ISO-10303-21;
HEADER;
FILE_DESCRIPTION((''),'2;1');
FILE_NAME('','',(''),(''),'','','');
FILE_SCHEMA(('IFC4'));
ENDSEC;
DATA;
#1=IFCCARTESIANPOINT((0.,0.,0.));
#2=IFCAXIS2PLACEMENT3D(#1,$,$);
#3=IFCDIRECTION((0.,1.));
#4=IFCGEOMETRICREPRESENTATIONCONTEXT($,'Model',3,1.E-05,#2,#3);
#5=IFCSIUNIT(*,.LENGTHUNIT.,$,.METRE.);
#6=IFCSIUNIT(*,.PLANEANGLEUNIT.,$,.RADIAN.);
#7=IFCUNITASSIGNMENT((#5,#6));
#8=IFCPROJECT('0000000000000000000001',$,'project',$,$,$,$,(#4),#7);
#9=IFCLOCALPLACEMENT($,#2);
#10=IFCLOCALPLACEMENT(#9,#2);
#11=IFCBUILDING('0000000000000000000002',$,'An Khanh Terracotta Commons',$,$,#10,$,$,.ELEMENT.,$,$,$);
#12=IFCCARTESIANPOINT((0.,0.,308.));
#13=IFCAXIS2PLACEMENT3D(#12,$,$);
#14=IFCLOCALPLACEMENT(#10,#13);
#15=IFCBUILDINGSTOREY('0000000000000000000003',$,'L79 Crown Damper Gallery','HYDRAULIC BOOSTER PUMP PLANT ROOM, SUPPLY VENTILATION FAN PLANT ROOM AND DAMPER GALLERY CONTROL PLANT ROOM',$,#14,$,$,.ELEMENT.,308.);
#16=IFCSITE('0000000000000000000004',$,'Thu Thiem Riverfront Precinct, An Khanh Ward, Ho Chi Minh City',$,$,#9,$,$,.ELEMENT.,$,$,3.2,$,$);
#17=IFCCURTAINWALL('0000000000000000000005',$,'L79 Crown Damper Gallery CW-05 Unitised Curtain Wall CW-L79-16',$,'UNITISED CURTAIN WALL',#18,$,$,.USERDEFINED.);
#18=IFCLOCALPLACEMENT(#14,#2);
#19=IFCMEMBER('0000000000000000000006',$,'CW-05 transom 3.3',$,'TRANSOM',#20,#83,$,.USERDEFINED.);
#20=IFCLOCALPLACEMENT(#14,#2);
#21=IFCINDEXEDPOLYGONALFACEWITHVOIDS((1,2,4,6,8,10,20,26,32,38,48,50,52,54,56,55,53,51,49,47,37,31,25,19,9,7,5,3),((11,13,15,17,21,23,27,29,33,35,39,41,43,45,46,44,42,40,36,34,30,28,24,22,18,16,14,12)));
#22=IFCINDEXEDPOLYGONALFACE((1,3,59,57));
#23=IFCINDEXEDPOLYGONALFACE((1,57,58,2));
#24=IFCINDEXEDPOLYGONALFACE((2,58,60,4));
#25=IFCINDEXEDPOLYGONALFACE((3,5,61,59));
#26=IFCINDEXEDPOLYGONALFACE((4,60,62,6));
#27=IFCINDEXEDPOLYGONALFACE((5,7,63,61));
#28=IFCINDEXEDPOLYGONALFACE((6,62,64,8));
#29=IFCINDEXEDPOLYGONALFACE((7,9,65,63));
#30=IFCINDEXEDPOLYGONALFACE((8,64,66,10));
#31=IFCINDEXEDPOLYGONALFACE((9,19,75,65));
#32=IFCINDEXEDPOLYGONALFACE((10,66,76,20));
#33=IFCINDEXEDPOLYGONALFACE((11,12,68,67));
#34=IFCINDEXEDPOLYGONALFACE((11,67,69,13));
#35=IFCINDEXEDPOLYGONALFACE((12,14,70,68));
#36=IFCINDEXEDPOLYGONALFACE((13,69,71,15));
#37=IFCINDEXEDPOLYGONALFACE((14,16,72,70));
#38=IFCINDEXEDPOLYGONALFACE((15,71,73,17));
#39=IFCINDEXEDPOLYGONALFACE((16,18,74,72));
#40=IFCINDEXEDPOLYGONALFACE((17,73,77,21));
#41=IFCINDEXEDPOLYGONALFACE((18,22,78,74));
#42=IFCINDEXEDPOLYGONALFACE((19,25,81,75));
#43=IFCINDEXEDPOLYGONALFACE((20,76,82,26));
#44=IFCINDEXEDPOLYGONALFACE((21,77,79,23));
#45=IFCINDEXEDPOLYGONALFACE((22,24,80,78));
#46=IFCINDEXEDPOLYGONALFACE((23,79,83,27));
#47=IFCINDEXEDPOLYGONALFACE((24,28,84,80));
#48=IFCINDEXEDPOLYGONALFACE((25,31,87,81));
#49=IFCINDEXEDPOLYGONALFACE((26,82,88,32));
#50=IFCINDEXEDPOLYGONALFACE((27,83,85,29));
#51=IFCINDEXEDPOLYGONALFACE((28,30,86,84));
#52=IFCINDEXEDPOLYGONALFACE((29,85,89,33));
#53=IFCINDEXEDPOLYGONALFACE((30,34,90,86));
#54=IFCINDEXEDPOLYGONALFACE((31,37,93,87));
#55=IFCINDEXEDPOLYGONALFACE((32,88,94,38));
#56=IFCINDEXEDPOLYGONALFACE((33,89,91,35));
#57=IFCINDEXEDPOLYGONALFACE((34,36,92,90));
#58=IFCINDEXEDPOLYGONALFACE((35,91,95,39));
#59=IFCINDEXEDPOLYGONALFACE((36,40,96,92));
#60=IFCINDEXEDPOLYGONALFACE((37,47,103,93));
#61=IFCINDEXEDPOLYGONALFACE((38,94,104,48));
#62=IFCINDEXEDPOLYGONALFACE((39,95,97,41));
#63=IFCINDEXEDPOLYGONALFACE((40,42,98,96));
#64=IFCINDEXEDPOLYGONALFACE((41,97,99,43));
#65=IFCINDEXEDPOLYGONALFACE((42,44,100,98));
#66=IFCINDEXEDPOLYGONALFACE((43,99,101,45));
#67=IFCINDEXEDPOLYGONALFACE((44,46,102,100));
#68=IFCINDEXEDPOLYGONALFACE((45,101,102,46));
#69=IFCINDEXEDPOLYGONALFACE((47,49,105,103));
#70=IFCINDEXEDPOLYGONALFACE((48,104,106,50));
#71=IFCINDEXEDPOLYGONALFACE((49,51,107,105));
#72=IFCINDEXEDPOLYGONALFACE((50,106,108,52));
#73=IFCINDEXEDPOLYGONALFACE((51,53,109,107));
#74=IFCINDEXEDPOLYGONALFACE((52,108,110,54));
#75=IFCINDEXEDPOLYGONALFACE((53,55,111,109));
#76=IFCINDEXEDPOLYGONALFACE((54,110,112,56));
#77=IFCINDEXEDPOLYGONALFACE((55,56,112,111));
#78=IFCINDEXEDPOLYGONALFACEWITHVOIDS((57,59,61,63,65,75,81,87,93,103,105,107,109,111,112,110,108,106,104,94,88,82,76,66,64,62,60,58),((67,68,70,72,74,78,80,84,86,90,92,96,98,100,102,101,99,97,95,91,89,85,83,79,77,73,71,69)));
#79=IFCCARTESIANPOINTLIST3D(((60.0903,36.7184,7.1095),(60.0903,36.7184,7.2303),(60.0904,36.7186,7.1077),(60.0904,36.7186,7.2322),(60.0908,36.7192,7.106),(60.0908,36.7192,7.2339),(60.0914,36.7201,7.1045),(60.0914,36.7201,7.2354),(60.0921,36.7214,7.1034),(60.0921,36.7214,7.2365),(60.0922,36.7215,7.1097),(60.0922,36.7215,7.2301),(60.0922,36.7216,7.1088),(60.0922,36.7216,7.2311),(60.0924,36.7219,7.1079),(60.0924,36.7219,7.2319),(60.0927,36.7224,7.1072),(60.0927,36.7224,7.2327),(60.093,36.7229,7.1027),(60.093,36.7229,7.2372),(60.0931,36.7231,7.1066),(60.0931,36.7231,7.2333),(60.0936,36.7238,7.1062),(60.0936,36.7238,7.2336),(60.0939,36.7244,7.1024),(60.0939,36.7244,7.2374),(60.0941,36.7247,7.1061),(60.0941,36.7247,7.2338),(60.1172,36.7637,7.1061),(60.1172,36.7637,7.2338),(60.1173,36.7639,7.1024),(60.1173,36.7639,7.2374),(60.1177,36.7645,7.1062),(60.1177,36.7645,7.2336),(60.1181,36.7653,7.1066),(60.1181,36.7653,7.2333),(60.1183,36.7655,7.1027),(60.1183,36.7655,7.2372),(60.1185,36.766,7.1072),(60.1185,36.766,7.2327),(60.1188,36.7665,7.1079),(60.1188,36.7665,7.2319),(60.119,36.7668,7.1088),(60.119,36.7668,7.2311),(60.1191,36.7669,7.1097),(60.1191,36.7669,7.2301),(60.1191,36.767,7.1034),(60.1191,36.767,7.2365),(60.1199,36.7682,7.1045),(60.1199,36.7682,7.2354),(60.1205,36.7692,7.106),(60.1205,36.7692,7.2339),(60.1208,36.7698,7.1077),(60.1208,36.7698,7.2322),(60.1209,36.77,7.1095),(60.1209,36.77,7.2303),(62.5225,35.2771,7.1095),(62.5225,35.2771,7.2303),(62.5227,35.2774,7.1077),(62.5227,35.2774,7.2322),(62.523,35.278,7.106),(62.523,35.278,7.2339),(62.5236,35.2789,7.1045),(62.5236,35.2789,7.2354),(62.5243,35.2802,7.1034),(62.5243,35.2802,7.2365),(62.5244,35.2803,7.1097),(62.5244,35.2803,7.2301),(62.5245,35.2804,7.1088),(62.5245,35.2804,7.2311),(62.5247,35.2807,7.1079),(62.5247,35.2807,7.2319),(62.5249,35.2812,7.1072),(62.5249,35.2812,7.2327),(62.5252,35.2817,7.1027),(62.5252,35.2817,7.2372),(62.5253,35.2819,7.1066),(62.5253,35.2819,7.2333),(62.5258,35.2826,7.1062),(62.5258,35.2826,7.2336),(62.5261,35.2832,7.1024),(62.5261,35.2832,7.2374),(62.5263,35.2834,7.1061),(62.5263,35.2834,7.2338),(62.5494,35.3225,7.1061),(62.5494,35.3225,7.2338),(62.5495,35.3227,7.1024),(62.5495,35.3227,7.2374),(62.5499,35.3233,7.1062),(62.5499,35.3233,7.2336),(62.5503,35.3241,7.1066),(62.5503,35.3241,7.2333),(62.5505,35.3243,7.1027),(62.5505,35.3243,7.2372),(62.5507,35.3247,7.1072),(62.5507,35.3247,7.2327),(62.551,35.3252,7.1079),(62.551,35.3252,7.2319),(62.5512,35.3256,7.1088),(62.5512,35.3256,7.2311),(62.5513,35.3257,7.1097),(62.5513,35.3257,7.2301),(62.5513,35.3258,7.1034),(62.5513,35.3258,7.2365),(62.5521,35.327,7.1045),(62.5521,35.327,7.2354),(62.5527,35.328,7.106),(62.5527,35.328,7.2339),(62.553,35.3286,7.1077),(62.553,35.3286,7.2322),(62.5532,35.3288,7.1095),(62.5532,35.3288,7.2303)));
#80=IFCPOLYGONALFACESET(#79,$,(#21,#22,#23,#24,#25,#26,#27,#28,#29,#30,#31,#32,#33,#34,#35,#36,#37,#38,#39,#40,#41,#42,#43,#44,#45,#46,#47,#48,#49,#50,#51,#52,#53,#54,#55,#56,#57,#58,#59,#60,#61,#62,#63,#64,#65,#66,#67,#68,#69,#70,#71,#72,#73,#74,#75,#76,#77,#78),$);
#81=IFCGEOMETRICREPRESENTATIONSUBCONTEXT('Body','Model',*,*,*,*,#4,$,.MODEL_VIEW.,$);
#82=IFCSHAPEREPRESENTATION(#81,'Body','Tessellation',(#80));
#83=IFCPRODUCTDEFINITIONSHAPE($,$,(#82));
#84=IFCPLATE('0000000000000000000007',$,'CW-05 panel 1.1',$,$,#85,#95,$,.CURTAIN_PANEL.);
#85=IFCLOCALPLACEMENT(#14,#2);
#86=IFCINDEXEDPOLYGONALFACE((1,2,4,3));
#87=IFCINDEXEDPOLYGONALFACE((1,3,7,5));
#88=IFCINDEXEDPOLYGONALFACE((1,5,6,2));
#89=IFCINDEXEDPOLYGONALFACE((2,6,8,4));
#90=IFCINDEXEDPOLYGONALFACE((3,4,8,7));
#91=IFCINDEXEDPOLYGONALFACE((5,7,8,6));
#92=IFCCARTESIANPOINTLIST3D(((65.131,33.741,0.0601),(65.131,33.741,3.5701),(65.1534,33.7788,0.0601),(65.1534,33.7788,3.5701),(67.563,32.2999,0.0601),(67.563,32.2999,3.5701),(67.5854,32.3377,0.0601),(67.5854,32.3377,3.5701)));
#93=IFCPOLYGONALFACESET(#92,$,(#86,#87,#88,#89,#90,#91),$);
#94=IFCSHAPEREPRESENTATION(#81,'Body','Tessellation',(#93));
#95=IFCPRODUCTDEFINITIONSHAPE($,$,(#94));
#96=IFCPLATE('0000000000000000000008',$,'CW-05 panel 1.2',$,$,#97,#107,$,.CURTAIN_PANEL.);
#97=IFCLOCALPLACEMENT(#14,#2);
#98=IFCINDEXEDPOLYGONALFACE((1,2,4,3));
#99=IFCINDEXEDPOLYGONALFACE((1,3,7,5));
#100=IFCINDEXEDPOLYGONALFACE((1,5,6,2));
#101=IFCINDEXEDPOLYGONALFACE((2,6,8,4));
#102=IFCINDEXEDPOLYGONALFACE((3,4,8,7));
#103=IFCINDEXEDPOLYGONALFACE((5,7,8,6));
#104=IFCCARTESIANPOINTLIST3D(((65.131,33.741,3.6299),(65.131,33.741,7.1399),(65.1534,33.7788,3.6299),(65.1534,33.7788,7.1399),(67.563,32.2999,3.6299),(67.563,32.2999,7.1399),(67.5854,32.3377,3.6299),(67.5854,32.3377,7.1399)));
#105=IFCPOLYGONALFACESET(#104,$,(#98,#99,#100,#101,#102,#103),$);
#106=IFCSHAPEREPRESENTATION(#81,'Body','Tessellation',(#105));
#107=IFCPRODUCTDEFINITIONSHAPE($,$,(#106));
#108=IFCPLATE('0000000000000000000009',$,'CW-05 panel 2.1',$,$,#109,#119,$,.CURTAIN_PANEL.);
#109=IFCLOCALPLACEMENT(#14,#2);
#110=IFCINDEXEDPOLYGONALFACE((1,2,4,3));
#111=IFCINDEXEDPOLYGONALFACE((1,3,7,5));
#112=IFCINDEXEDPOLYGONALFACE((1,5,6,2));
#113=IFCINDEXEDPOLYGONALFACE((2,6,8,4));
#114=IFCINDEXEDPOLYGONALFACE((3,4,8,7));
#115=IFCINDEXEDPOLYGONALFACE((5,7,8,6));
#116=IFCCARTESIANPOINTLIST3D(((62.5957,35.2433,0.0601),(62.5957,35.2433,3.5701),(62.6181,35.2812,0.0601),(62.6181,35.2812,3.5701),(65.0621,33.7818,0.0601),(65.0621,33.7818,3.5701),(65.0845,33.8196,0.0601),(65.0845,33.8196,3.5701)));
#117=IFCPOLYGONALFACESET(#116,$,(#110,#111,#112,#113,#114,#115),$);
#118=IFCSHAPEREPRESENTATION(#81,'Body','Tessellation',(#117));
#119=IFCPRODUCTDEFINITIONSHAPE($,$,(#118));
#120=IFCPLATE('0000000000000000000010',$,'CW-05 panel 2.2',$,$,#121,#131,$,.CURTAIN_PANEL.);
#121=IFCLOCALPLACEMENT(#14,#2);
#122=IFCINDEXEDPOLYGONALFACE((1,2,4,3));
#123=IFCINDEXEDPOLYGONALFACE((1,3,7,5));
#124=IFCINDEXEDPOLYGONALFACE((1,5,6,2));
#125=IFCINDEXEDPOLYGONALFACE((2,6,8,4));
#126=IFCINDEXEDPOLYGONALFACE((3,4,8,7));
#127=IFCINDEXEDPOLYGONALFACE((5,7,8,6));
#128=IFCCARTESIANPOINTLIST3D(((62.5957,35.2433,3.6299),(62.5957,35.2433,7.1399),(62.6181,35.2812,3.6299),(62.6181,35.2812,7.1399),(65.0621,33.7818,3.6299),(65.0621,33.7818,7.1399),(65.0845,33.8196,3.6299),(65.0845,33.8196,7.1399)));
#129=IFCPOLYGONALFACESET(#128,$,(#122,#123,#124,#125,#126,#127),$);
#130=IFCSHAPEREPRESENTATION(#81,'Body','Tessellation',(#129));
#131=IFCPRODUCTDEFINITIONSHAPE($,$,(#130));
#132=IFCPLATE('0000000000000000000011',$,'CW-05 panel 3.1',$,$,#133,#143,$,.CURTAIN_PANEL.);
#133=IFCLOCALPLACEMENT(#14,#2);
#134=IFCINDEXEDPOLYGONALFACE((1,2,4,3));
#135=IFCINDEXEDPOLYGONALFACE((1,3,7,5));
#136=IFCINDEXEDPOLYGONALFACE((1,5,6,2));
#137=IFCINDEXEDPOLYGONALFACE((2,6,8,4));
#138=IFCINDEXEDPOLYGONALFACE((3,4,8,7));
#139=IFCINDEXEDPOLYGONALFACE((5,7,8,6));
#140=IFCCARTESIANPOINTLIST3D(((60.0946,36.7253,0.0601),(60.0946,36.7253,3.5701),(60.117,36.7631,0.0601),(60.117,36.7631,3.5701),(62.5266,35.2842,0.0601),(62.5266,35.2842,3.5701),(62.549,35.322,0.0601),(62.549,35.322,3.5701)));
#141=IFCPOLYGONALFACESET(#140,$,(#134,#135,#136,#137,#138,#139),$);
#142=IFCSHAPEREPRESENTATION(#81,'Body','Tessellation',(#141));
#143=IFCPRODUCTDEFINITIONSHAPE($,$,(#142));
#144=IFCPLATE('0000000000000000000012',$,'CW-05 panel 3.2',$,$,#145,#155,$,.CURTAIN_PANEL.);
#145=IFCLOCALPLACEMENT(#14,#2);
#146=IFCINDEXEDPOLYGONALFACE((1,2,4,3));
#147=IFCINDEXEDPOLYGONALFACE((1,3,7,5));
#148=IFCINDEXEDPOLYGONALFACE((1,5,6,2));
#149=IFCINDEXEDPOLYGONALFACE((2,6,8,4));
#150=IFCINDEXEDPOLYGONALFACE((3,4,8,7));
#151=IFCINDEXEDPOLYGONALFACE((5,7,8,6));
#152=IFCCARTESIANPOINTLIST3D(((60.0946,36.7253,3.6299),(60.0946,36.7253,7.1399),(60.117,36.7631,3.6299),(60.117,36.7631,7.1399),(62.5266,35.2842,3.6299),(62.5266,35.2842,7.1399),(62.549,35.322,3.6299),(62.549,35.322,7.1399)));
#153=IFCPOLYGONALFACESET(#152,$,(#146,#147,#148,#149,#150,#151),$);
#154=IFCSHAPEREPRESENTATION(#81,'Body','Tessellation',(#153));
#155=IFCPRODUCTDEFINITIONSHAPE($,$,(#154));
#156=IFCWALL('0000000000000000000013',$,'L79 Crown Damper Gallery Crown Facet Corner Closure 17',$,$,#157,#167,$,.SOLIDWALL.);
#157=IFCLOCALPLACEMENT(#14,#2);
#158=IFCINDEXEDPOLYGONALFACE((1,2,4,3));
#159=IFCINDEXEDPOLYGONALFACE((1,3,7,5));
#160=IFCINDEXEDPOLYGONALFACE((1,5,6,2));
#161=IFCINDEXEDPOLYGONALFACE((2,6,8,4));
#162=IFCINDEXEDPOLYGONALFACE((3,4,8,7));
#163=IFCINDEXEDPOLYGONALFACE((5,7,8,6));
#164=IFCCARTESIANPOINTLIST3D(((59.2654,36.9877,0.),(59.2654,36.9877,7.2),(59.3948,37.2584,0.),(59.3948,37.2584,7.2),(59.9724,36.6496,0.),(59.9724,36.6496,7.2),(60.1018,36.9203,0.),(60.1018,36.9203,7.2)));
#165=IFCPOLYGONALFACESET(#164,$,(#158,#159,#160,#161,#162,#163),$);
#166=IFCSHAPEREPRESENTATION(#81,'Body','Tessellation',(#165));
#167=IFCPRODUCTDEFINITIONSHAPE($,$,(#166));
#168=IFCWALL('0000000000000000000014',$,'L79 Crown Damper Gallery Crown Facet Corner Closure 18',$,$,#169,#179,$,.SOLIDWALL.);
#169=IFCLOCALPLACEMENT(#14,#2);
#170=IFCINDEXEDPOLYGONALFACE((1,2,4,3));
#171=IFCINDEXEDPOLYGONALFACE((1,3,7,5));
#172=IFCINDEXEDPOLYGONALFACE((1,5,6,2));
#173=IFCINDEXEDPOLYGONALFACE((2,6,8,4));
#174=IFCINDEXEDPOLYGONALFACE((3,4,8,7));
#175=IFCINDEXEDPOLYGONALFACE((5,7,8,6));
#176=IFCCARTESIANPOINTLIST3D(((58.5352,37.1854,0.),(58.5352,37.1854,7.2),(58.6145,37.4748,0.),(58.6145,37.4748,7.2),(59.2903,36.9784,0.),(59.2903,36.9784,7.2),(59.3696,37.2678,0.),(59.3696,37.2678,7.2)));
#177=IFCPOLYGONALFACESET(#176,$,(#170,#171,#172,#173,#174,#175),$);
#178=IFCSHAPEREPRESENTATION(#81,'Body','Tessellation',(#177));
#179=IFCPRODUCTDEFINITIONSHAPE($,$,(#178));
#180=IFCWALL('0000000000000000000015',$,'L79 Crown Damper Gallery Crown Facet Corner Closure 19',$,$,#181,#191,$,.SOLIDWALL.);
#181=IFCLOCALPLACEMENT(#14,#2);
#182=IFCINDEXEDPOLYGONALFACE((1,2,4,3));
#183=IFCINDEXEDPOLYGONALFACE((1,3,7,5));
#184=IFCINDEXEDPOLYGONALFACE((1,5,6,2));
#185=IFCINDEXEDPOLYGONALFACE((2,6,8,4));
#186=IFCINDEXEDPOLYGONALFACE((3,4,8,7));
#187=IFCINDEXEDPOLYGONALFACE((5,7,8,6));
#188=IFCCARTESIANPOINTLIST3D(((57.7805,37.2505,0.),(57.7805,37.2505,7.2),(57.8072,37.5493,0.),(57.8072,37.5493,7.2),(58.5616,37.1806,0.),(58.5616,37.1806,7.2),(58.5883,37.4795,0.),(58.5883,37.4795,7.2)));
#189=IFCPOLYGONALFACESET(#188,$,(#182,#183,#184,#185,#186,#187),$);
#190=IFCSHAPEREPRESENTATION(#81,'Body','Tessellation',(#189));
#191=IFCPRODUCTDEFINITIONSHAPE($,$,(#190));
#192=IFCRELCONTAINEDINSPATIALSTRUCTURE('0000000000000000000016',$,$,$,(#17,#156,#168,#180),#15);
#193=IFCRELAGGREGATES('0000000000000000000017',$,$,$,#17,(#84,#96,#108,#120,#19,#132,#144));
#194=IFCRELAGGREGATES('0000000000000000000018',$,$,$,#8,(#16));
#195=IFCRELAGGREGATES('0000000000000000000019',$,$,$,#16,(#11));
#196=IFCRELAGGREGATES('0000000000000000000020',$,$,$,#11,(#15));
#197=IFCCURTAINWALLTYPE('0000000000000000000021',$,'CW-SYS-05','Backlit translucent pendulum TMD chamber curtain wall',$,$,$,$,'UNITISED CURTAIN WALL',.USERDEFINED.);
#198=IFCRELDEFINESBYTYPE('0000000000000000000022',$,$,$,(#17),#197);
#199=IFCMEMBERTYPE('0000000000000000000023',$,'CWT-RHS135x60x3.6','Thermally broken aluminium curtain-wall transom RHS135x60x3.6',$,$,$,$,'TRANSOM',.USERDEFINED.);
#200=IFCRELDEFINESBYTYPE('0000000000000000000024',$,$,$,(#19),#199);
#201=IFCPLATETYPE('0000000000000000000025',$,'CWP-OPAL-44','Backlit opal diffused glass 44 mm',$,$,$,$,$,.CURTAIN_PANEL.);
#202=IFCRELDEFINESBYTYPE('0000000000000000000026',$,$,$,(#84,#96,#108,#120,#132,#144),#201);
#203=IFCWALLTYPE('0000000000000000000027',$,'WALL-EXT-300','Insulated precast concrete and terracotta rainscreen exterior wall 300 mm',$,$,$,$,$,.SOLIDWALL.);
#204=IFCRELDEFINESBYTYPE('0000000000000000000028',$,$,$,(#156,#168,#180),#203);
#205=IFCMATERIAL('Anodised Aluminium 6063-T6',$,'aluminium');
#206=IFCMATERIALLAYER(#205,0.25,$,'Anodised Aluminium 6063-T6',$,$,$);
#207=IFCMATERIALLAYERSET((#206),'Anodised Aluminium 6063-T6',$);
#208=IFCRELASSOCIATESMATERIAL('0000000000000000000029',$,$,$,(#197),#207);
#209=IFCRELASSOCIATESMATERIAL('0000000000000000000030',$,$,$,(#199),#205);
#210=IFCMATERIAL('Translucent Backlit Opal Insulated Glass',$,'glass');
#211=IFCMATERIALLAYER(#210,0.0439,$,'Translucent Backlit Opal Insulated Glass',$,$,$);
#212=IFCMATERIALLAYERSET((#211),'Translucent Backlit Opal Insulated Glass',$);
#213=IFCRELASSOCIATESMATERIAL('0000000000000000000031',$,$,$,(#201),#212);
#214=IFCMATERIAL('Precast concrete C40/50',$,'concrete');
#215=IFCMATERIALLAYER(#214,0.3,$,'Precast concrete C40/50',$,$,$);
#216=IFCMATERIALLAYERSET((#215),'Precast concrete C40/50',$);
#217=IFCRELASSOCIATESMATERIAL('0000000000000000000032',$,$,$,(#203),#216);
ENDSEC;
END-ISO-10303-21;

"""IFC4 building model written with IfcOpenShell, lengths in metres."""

from ifc_helpers import new_model, si_unit, direction, frame, frame_2d, origin, origin_2d, place, context, subcontext, project, spatial, rectangle, hollow_rectangle, extrude, material, layer, layer_set, material_profile, profile_set, type_object, element, aggregate, save


model = new_model("IFC4")

# Units and contexts
model_context = context("Model", 3, precision=1e-05, world=origin(), true_north=direction((0.0, 1.0)))
body_context = subcontext(model_context, "Body", "Model", "MODEL_VIEW")
ifc_project = project(units=[si_unit("LENGTHUNIT", "METRE"), si_unit("PLANEANGLEUNIT", "RADIAN")], contexts=[model_context])

# Site, building, storey
site_placement = place(None, origin())
site = spatial("IfcSite", under=ifc_project, at=site_placement, Name="Thu Thiem Riverfront Precinct, An Khanh Ward, Ho Chi Minh City", CompositionType="ELEMENT", RefElevation=3.2)
building_placement = place(site_placement, origin())
building = spatial("IfcBuilding", under=site, at=building_placement, Name="An Khanh Terracotta Commons", CompositionType="ELEMENT")
storey_placement = place(building_placement, frame((0.0, 0.0, 308.0)))
storey = spatial("IfcBuildingStorey", under=building, at=storey_placement, Name="L79 Crown Damper Gallery", Description="HYDRAULIC BOOSTER PUMP PLANT ROOM, SUPPLY VENTILATION FAN PLANT ROOM AND DAMPER GALLERY CONTROL PLANT ROOM", CompositionType="ELEMENT", Elevation=308.0)

# Curtain wall, member, plates
ifc_material_1 = material(Name="Anodised Aluminium 6063-T6", Category="aluminium")
ifc_layer_1 = layer(ifc_material_1, 0.25, Name="Anodised Aluminium 6063-T6")
ifc_layer_set_1 = layer_set([ifc_layer_1], Name="Anodised Aluminium 6063-T6")
curtain_wall_type = type_object("IfcCurtainWallType", Name="CW-SYS-05", Description="Backlit translucent pendulum TMD chamber curtain wall", ElementType="UNITISED CURTAIN WALL", PredefinedType="USERDEFINED", material=ifc_layer_set_1)
curtain_wall_placement = place(storey_placement, origin())
curtain_wall = element("IfcCurtainWall", 1, at=curtain_wall_placement, inside=storey, type_object=curtain_wall_type, Name="L79 Crown Damper Gallery CW-05 Unitised Curtain Wall CW-L79-16", ObjectType="UNITISED CURTAIN WALL", PredefinedType="USERDEFINED")
ifc_material_profile_1 = material_profile(ifc_material_1, hollow_rectangle(XDim=0.0601, YDim=0.135, WallThickness=0.0037, InnerFilletRadius=0.0037, OuterFilletRadius=0.0071, at=origin_2d()), Name="RHS135x60x3.6")
ifc_profile_set_1 = profile_set([ifc_material_profile_1], Name="Anodised Aluminium 6063-T6")
member_type_1 = type_object("IfcMemberType", Name="CWT-RHS135x60x3.6", Description="Thermally broken aluminium curtain-wall transom RHS135x60x3.6", ElementType="TRANSOM", PredefinedType="USERDEFINED", material=ifc_profile_set_1)
member_1_placement = place(storey_placement, frame((62.5378, 35.303, 7.1699), z_axis=(-0.860307, 0.509776, 0.0), x_axis=(-0.509776, -0.860307, 0.0)))
member_1 = element("IfcMember", 2, at=member_1_placement, type_object=member_type_1, Name="CW-05 transom 3.3", ObjectType="TRANSOM", PredefinedType="USERDEFINED", context=body_context, shape_type="SweptSolid", body=[
    extrude(hollow_rectangle(XDim=0.0601, YDim=0.135, WallThickness=0.0037, InnerFilletRadius=0.0037, OuterFilletRadius=0.0071, at=origin_2d()), origin(), (0.0, 0.0, 1.0), 2.8271),
])
ifc_material_2 = material(Name="Translucent Backlit Opal Insulated Glass", Category="glass")
ifc_layer_2 = layer(ifc_material_2, 0.0439, Name="Translucent Backlit Opal Insulated Glass")
ifc_layer_set_2 = layer_set([ifc_layer_2], Name="Translucent Backlit Opal Insulated Glass")
plate_type = type_object("IfcPlateType", Name="CWP-OPAL-44", Description="Backlit opal diffused glass 44 mm", PredefinedType="CURTAIN_PANEL", material=ifc_layer_set_2)
plate_1_placement = place(storey_placement, frame((66.3582, 33.0393, 0.0601), z_axis=(0.0, 0.0, 1.0), x_axis=(-0.860304, 0.509781, 0.0)))
plate_1 = element("IfcPlate", 3, at=plate_1_placement, type_object=plate_type, Name="CW-05 panel 1.1", PredefinedType="CURTAIN_PANEL", context=body_context, shape_type="SweptSolid", body=[
    extrude(rectangle(XDim=2.8269, YDim=0.0439, at=origin_2d()), origin(), (0.0, 0.0, 1.0), 3.51),
])
plate_2_placement = place(storey_placement, frame((66.3582, 33.0393, 3.6299), z_axis=(0.0, 0.0, 1.0), x_axis=(-0.860304, 0.509781, 0.0)))
plate_2 = element("IfcPlate", 4, at=plate_2_placement, type_object=plate_type, Name="CW-05 panel 1.2", PredefinedType="CURTAIN_PANEL", context=body_context, shape_type="SweptSolid", body=[
    extrude(rectangle(XDim=2.8269, YDim=0.0439, at=origin_2d()), origin(), (0.0, 0.0, 1.0), 3.51),
])
plate_3_placement = place(storey_placement, frame((63.8401, 34.5315, 0.0601), z_axis=(0.0, 0.0, 1.0), x_axis=(-0.860304, 0.509781, 0.0)))
plate_3 = element("IfcPlate", 5, at=plate_3_placement, type_object=plate_type, Name="CW-05 panel 2.1", PredefinedType="CURTAIN_PANEL", context=body_context, shape_type="SweptSolid", body=[
    extrude(rectangle(XDim=2.8669, YDim=0.0439, at=origin_2d()), origin(), (0.0, 0.0, 1.0), 3.51),
])
plate_4_placement = place(storey_placement, frame((63.8401, 34.5315, 3.6299), z_axis=(0.0, 0.0, 1.0), x_axis=(-0.860304, 0.509781, 0.0)))
plate_4 = element("IfcPlate", 6, at=plate_4_placement, type_object=plate_type, Name="CW-05 panel 2.2", PredefinedType="CURTAIN_PANEL", context=body_context, shape_type="SweptSolid", body=[
    extrude(rectangle(XDim=2.8669, YDim=0.0439, at=origin_2d()), origin(), (0.0, 0.0, 1.0), 3.51),
])
plate_5_placement = place(storey_placement, frame((61.3218, 36.0237, 0.0601), z_axis=(0.0, 0.0, 1.0), x_axis=(-0.860304, 0.509781, 0.0)))
plate_5 = element("IfcPlate", 7, at=plate_5_placement, type_object=plate_type, Name="CW-05 panel 3.1", PredefinedType="CURTAIN_PANEL", context=body_context, shape_type="SweptSolid", body=[
    extrude(rectangle(XDim=2.8269, YDim=0.0439, at=origin_2d()), origin(), (0.0, 0.0, 1.0), 3.51),
])
plate_6_placement = place(storey_placement, frame((61.3218, 36.0237, 3.6299), z_axis=(0.0, 0.0, 1.0), x_axis=(-0.860304, 0.509781, 0.0)))
plate_6 = element("IfcPlate", 8, at=plate_6_placement, type_object=plate_type, Name="CW-05 panel 3.2", PredefinedType="CURTAIN_PANEL", context=body_context, shape_type="SweptSolid", body=[
    extrude(rectangle(XDim=2.8269, YDim=0.0439, at=origin_2d()), origin(), (0.0, 0.0, 1.0), 3.51),
])
aggregate(curtain_wall, [plate_1, plate_2, plate_3, plate_4, member_1, plate_5, plate_6])

# Walls
ifc_material_3 = material(Name="Precast concrete C40/50", Category="concrete")
ifc_layer_3 = layer(ifc_material_3, 0.3, Name="Precast concrete C40/50")
ifc_layer_set_3 = layer_set([ifc_layer_3], Name="Precast concrete C40/50")
wall_type = type_object("IfcWallType", Name="WALL-EXT-300", Description="Insulated precast concrete and terracotta rainscreen exterior wall 300 mm", PredefinedType="SOLIDWALL", material=ifc_layer_set_3)
wall_1_placement = place(storey_placement, frame((60.0371, 36.7849, 0.0), z_axis=(0.0, 0.0, 1.0), x_axis=(-0.902139, 0.431444, 0.0)))
element("IfcWall", 9, at=wall_1_placement, inside=storey, type_object=wall_type, Name="L79 Crown Damper Gallery Crown Facet Corner Closure 17", PredefinedType="SOLIDWALL", context=body_context, shape_type="SweptSolid", body=[
    extrude(rectangle(XDim=0.7837, YDim=0.3, at=frame_2d((0.3918, 0.0))), origin(), (0.0, 0.0, 1.0), 7.2),
])
wall_2_placement = place(storey_placement, frame((59.3301, 37.123, 0.0), z_axis=(0.0, 0.0, 1.0), x_axis=(-0.96441, 0.26441, 0.0)))
element("IfcWall", 10, at=wall_2_placement, inside=storey, type_object=wall_type, Name="L79 Crown Damper Gallery Crown Facet Corner Closure 18", PredefinedType="SOLIDWALL", context=body_context, shape_type="SweptSolid", body=[
    extrude(rectangle(XDim=0.783, YDim=0.3, at=frame_2d((0.3916, 0.0))), origin(), (0.0, 0.0, 1.0), 7.2),
])
wall_3_placement = place(storey_placement, frame((58.575, 37.3301, 0.0), z_axis=(0.0, 0.0, 1.0), x_axis=(-0.996027, 0.089048, 0.0)))
element("IfcWall", 11, at=wall_3_placement, inside=storey, type_object=wall_type, Name="L79 Crown Damper Gallery Crown Facet Corner Closure 19", PredefinedType="SOLIDWALL", context=body_context, shape_type="SweptSolid", body=[
    extrude(rectangle(XDim=0.7842, YDim=0.3, at=frame_2d((0.3921, 0.0))), origin(), (0.0, 0.0, 1.0), 7.2),
])

save(model, "model.ifc")
